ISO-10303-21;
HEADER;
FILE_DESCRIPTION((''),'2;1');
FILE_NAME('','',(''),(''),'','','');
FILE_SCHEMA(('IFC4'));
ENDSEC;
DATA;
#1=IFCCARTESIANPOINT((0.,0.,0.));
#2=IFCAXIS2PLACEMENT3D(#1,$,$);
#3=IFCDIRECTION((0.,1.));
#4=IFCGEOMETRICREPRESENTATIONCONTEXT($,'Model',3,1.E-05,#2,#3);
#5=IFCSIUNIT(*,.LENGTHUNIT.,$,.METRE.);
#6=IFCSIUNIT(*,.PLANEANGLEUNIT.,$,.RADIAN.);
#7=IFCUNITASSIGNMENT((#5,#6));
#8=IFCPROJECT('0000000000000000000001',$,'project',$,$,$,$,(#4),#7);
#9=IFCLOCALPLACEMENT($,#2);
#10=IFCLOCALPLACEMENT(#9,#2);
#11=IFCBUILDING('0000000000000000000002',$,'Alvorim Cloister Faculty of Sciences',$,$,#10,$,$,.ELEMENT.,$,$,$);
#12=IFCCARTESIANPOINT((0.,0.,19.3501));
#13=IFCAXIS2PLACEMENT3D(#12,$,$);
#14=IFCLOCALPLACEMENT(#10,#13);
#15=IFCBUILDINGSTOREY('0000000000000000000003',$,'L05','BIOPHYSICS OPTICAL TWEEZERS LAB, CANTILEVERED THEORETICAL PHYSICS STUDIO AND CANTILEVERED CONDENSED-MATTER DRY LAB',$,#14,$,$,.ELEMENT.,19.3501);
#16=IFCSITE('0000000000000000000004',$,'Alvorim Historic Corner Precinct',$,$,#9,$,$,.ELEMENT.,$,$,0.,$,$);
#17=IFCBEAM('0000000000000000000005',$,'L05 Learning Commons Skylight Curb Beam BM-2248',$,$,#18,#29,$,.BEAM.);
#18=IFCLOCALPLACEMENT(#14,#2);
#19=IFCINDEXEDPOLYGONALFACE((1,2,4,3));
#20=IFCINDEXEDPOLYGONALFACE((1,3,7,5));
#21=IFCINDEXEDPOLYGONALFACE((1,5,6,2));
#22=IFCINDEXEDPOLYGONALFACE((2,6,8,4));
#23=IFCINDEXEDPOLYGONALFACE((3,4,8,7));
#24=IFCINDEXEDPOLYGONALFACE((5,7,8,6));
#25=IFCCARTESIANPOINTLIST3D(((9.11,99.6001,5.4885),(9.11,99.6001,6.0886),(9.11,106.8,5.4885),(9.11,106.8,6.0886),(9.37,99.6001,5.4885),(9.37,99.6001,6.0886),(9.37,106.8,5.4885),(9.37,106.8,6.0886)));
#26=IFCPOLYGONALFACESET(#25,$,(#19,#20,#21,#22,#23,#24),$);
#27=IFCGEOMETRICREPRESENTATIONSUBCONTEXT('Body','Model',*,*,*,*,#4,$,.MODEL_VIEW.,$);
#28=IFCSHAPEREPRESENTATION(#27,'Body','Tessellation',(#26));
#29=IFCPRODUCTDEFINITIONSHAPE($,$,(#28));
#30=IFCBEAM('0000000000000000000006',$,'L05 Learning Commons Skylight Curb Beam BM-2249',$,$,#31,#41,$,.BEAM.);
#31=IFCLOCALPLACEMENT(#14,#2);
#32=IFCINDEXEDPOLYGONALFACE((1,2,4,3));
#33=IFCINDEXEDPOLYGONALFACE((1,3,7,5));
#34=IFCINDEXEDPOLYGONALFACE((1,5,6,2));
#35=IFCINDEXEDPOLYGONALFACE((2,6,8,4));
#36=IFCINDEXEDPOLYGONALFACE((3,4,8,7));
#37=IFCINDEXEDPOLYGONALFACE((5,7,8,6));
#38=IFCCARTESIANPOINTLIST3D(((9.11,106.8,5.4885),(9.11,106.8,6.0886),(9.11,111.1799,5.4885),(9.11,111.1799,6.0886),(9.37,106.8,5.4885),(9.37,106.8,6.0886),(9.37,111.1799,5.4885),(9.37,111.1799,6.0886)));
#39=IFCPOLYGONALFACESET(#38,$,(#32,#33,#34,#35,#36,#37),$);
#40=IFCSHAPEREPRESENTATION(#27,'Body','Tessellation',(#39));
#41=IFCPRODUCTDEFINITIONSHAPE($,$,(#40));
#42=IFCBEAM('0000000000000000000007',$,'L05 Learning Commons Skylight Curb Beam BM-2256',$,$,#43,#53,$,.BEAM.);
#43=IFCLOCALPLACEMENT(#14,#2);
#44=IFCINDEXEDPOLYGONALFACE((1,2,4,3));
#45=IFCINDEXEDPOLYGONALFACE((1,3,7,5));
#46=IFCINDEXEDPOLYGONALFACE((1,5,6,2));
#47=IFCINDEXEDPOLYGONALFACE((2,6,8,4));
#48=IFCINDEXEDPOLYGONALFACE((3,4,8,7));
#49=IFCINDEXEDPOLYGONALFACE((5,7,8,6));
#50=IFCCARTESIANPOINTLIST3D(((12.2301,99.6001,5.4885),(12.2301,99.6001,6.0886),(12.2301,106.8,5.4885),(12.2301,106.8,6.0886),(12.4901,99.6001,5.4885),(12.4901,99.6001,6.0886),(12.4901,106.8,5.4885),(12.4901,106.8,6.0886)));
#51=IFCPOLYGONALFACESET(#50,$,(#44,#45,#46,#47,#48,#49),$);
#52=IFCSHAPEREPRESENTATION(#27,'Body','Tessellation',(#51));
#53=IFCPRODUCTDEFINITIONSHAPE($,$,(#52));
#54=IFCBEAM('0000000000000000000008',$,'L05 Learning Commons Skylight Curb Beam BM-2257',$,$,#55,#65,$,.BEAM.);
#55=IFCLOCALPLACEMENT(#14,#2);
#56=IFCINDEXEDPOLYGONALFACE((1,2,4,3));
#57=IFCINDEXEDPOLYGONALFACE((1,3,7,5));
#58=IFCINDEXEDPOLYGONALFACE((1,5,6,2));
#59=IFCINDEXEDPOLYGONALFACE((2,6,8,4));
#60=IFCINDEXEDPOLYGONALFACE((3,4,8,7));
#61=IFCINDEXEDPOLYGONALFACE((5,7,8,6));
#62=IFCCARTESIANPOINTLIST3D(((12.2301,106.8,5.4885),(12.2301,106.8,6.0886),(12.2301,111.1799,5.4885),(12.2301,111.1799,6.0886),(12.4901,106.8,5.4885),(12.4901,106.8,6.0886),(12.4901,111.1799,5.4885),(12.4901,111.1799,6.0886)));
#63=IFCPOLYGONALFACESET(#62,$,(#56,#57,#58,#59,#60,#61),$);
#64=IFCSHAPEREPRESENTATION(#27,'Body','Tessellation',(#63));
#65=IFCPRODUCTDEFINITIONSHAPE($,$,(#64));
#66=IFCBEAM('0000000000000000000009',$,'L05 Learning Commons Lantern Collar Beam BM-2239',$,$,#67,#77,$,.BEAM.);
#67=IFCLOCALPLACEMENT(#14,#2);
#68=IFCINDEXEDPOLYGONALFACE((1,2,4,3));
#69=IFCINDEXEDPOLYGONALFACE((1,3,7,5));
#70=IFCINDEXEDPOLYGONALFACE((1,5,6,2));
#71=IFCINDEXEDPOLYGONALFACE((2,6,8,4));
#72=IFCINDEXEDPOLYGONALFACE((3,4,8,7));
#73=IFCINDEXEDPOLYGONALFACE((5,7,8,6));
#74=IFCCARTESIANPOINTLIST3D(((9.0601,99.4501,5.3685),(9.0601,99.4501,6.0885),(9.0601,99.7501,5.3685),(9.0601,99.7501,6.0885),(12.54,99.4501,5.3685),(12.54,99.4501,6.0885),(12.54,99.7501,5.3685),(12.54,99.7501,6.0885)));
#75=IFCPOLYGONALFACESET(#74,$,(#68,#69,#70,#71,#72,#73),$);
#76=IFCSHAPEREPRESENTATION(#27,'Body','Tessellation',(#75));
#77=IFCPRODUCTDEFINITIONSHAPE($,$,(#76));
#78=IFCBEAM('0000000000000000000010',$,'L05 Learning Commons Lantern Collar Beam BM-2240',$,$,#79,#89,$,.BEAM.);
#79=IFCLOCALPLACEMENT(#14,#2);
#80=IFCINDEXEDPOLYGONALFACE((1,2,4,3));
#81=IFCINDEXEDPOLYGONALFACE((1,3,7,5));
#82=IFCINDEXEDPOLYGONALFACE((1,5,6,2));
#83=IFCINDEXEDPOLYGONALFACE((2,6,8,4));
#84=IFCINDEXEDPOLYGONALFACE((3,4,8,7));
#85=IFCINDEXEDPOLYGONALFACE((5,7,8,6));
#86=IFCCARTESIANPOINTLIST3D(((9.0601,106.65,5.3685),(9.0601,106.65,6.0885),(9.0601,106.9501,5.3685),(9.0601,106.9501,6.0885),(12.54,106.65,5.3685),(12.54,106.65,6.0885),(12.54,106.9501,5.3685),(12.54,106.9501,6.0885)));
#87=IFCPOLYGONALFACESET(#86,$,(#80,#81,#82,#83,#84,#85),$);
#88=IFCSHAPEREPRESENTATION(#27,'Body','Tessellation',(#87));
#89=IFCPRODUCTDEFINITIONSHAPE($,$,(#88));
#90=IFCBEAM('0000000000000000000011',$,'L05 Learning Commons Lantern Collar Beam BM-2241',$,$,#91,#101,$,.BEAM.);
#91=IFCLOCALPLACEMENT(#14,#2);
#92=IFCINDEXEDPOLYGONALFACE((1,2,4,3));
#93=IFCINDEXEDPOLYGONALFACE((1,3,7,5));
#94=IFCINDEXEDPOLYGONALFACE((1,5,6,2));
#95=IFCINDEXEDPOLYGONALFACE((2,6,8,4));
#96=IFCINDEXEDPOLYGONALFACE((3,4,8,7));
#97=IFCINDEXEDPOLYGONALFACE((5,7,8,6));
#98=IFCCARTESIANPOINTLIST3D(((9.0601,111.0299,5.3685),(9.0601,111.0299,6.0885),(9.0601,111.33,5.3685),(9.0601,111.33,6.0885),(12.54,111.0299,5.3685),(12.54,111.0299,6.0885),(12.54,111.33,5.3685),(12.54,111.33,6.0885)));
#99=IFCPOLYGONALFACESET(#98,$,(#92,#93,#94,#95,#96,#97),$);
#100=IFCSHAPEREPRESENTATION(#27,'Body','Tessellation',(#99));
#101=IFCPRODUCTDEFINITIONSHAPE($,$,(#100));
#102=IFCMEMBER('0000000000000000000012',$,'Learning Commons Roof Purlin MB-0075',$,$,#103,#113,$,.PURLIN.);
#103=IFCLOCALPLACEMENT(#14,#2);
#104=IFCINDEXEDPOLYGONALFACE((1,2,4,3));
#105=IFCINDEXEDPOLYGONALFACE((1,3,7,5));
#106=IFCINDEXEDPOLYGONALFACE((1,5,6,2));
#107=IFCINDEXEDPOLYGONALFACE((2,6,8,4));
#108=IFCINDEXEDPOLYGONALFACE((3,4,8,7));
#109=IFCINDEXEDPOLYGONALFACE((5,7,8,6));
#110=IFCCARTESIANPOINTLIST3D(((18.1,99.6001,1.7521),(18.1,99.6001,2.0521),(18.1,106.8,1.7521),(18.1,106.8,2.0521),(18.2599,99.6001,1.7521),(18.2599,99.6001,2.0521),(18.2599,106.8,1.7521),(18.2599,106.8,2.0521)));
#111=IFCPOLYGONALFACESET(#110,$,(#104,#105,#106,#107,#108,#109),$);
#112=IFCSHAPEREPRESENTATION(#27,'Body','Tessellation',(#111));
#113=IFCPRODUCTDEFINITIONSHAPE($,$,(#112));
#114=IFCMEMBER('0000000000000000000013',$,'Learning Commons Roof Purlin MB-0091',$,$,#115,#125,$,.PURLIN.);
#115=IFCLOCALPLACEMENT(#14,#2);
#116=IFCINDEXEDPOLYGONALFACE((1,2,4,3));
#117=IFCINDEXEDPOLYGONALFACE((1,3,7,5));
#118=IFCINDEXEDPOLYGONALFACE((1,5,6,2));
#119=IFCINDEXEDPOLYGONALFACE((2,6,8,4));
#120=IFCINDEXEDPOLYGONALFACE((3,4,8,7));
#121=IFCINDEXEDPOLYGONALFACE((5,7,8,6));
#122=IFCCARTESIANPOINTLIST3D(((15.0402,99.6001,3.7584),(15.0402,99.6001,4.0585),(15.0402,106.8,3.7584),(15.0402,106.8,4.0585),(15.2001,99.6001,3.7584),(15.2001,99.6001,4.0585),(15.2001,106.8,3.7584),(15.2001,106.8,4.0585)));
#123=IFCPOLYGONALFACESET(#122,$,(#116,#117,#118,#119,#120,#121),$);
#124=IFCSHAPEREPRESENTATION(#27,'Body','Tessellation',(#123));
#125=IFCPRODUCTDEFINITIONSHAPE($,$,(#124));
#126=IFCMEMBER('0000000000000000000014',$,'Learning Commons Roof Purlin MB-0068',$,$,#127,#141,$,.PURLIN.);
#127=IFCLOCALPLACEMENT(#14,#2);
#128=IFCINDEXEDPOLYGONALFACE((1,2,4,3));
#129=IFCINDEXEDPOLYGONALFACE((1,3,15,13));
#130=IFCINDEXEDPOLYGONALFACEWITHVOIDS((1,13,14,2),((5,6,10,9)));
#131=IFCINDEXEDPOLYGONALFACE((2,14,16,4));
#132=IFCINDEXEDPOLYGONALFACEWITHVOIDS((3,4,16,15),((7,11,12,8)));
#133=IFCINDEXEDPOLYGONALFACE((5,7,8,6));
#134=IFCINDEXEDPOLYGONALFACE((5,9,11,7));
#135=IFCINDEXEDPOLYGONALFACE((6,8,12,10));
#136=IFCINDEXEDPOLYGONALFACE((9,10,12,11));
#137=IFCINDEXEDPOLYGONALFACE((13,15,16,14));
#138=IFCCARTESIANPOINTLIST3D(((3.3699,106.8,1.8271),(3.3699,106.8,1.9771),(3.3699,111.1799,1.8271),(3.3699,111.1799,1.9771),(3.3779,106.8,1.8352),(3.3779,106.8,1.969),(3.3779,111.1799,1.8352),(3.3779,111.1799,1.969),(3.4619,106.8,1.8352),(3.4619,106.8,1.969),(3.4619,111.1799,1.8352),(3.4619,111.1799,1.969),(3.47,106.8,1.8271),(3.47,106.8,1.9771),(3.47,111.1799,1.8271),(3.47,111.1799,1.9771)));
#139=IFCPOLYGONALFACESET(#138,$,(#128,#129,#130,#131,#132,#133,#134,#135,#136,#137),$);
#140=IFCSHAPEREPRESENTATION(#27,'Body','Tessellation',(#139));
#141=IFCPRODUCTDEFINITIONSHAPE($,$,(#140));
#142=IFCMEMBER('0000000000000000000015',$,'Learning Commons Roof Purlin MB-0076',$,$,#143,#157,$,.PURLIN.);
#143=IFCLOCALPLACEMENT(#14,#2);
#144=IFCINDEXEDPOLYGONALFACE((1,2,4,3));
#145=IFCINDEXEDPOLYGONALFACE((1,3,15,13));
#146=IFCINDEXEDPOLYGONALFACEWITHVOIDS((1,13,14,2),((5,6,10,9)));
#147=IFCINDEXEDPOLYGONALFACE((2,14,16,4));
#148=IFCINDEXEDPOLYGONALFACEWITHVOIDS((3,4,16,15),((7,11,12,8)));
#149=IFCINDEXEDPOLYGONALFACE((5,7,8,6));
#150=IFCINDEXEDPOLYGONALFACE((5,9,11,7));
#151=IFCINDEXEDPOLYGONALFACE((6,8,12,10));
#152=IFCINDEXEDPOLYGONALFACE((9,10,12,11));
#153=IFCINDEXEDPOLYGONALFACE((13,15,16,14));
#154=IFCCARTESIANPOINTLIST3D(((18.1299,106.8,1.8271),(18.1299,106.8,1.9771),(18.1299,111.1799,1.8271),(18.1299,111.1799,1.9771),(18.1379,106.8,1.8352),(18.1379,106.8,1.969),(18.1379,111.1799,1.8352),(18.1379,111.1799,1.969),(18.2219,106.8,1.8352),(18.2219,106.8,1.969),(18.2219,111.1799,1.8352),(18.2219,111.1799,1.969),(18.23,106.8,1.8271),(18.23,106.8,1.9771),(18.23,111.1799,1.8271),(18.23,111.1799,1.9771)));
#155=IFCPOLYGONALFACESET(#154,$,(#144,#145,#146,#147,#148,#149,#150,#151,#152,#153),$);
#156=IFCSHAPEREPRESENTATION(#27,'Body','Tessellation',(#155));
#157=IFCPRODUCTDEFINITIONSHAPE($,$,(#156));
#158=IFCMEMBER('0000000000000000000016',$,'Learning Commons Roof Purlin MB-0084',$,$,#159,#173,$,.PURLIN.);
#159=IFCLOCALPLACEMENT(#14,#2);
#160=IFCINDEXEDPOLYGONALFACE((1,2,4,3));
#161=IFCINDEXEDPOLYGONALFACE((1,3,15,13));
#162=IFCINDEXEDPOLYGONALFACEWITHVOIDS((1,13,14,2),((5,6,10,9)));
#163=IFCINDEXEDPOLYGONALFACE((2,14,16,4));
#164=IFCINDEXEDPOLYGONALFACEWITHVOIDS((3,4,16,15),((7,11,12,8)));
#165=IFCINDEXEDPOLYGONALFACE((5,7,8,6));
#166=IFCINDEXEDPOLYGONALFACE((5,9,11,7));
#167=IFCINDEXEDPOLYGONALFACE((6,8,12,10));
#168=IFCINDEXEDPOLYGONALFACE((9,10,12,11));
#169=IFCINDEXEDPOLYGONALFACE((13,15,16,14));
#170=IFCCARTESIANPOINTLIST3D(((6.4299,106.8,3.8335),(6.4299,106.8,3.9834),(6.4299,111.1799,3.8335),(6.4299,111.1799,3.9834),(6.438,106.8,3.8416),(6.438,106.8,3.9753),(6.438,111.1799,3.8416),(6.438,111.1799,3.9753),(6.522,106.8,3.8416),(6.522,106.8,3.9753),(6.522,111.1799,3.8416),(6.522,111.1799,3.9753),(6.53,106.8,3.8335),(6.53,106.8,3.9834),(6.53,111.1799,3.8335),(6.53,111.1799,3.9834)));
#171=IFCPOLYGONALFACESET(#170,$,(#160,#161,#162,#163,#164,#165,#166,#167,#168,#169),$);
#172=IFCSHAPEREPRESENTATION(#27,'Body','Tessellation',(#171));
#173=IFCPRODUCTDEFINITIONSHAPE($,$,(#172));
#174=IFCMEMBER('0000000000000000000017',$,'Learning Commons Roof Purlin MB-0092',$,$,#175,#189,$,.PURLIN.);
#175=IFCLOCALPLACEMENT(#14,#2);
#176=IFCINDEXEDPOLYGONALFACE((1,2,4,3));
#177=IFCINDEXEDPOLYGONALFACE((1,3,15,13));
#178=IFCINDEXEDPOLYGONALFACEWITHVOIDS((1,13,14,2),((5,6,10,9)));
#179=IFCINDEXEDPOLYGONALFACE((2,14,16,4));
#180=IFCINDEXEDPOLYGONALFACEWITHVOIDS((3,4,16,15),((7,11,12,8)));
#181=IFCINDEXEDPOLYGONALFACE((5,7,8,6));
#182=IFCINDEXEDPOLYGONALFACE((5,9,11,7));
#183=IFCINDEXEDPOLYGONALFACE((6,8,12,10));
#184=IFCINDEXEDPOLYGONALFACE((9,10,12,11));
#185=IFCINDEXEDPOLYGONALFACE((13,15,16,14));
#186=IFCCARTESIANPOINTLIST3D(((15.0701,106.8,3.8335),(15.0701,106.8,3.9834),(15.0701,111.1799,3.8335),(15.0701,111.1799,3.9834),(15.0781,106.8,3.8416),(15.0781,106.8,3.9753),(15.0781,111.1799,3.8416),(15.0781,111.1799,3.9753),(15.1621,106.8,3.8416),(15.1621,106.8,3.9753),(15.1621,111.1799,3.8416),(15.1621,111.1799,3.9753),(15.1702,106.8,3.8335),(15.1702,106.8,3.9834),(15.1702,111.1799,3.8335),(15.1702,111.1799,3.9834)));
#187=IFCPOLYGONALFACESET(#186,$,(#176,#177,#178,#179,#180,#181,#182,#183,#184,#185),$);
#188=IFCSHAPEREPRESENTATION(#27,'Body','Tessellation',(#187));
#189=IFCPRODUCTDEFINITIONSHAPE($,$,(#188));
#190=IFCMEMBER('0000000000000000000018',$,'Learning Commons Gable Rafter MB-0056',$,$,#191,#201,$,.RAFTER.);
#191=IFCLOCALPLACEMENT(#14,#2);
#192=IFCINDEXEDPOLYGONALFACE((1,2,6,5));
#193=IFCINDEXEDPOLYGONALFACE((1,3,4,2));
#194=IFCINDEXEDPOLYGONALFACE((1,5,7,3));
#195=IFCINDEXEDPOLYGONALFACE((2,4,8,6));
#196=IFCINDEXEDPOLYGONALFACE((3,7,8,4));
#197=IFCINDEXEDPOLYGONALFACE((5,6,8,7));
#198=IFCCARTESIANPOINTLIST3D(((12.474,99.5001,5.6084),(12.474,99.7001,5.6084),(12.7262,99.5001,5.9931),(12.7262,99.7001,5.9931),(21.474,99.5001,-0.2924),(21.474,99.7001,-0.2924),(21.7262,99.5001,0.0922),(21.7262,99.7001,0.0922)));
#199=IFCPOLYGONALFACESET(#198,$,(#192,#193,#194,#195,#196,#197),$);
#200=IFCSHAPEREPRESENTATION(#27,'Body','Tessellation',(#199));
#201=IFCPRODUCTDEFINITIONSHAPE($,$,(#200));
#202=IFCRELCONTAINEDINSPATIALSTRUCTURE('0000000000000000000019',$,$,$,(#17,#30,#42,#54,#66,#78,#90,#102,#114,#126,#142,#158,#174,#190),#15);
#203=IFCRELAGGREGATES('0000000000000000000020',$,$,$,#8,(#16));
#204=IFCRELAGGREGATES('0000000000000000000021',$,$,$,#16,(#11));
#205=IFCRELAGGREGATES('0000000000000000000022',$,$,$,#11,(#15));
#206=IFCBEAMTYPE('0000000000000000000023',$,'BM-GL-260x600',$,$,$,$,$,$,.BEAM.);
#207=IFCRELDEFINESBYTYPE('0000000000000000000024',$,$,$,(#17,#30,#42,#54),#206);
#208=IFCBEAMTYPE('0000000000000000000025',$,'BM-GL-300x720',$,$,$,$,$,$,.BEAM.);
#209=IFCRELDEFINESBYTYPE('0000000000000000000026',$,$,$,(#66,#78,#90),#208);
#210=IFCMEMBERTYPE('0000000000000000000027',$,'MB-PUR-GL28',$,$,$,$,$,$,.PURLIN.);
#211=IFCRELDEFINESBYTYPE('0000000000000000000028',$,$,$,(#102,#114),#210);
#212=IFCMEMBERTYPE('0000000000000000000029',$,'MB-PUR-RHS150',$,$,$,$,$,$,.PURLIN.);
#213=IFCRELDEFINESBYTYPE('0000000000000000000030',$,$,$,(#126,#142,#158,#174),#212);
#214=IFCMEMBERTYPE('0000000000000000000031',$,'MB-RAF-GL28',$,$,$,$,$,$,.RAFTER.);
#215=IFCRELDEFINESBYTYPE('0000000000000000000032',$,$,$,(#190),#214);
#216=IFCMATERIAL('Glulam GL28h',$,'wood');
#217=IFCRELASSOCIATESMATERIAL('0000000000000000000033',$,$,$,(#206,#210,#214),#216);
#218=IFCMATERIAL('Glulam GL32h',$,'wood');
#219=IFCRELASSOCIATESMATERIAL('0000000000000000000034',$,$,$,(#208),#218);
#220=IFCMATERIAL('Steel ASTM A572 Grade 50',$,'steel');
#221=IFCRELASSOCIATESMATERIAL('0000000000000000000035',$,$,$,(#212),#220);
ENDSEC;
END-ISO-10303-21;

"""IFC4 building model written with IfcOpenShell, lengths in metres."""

from ifc_helpers import new_model, si_unit, direction, frame, origin, origin_2d, place, context, subcontext, project, spatial, rectangle, hollow_rectangle, extrude, material, material_profile, profile_set, type_object, element, save


model = new_model("IFC4")

# Units and contexts
model_context = context("Model", 3, precision=1e-05, world=origin(), true_north=direction((0.0, 1.0)))
body_context = subcontext(model_context, "Body", "Model", "MODEL_VIEW")
ifc_project = project(units=[si_unit("LENGTHUNIT", "METRE"), si_unit("PLANEANGLEUNIT", "RADIAN")], contexts=[model_context])

# Site, building, storey
site_placement = place(None, origin())
site = spatial("IfcSite", under=ifc_project, at=site_placement, Name="Alvorim Historic Corner Precinct", CompositionType="ELEMENT", RefElevation=0.0)
building_placement = place(site_placement, origin())
building = spatial("IfcBuilding", under=site, at=building_placement, Name="Alvorim Cloister Faculty of Sciences", CompositionType="ELEMENT")
storey_placement = place(building_placement, frame((0.0, 0.0, 19.3501)))
storey = spatial("IfcBuildingStorey", under=building, at=storey_placement, Name="L05", Description="BIOPHYSICS OPTICAL TWEEZERS LAB, CANTILEVERED THEORETICAL PHYSICS STUDIO AND CANTILEVERED CONDENSED-MATTER DRY LAB", CompositionType="ELEMENT", Elevation=19.3501)

# Beams
ifc_material_1 = material(Name="Glulam GL28h", Category="wood")
ifc_material_profile_1 = material_profile(ifc_material_1, rectangle(XDim=0.26, YDim=0.6001, at=origin_2d()), Name="GL28-BM-260x600")
ifc_profile_set_1 = profile_set([ifc_material_profile_1], Name="Glulam GL28h")
beam_type_1 = type_object("IfcBeamType", Name="BM-GL-260x600", PredefinedType="BEAM", material=ifc_profile_set_1)
beam_1_placement = place(storey_placement, frame((9.24, 99.6001, 5.7886), z_axis=(0.0, 1.0, 0.0), x_axis=(-1.0, 0.0, 0.0)))
element("IfcBeam", 1, at=beam_1_placement, inside=storey, type_object=beam_type_1, Name="L05 Learning Commons Skylight Curb Beam BM-2248", PredefinedType="BEAM", context=body_context, shape_type="SweptSolid", body=[
    extrude(rectangle(XDim=0.26, YDim=0.6001, at=origin_2d()), origin(), (0.0, 0.0, 1.0), 7.2),
])
beam_2_placement = place(storey_placement, frame((9.24, 106.8, 5.7886), z_axis=(0.0, 1.0, 0.0), x_axis=(-1.0, 0.0, 0.0)))
element("IfcBeam", 2, at=beam_2_placement, inside=storey, type_object=beam_type_1, Name="L05 Learning Commons Skylight Curb Beam BM-2249", PredefinedType="BEAM", context=body_context, shape_type="SweptSolid", body=[
    extrude(rectangle(XDim=0.26, YDim=0.6001, at=origin_2d()), origin(), (0.0, 0.0, 1.0), 4.3799),
])
beam_3_placement = place(storey_placement, frame((12.3601, 99.6001, 5.7886), z_axis=(0.0, 1.0, 0.0), x_axis=(-1.0, 0.0, 0.0)))
element("IfcBeam", 3, at=beam_3_placement, inside=storey, type_object=beam_type_1, Name="L05 Learning Commons Skylight Curb Beam BM-2256", PredefinedType="BEAM", context=body_context, shape_type="SweptSolid", body=[
    extrude(rectangle(XDim=0.26, YDim=0.6001, at=origin_2d()), origin(), (0.0, 0.0, 1.0), 7.2),
])
beam_4_placement = place(storey_placement, frame((12.3601, 106.8, 5.7886), z_axis=(0.0, 1.0, 0.0), x_axis=(-1.0, 0.0, 0.0)))
element("IfcBeam", 4, at=beam_4_placement, inside=storey, type_object=beam_type_1, Name="L05 Learning Commons Skylight Curb Beam BM-2257", PredefinedType="BEAM", context=body_context, shape_type="SweptSolid", body=[
    extrude(rectangle(XDim=0.26, YDim=0.6001, at=origin_2d()), origin(), (0.0, 0.0, 1.0), 4.3799),
])
ifc_material_2 = material(Name="Glulam GL32h", Category="wood")
ifc_material_profile_2 = material_profile(ifc_material_2, rectangle(XDim=0.3, YDim=0.72, at=origin_2d()), Name="GL32-BM-300x720")
ifc_profile_set_2 = profile_set([ifc_material_profile_2], Name="Glulam GL32h")
beam_type_2 = type_object("IfcBeamType", Name="BM-GL-300x720", PredefinedType="BEAM", material=ifc_profile_set_2)
for number, where, z_axis, x_axis, name in (
    (5, (9.0601, 99.6001, 5.7285), (1.0, 0.0, 0.0), (0.0, 1.0, 0.0), "L05 Learning Commons Lantern Collar Beam BM-2239"),
    (6, (9.0601, 106.8, 5.7285), (1.0, 0.0, 0.0), (0.0, 1.0, 0.0), "L05 Learning Commons Lantern Collar Beam BM-2240"),
    (7, (9.0601, 111.1799, 5.7285), (1.0, 0.0, 0.0), (0.0, 1.0, 0.0), "L05 Learning Commons Lantern Collar Beam BM-2241"),
):
    element("IfcBeam", number, at=place(storey_placement, frame(where, z_axis=z_axis, x_axis=x_axis)), inside=storey, type_object=beam_type_2, Name=name, PredefinedType="BEAM", context=body_context, shape_type="SweptSolid", body=[
        extrude(rectangle(XDim=0.3, YDim=0.72, at=origin_2d()), origin(), (0.0, 0.0, 1.0), 3.48),
    ])

# Members
ifc_material_profile_3 = material_profile(ifc_material_1, rectangle(XDim=0.1599, YDim=0.3, at=origin_2d()), Name="GL28-PUR-160x300")
ifc_profile_set_3 = profile_set([ifc_material_profile_3], Name="Glulam GL28h")
member_type_1 = type_object("IfcMemberType", Name="MB-PUR-GL28", PredefinedType="PURLIN", material=ifc_profile_set_3)
for number, where, z_axis, x_axis, name in (
    (8, (18.1799, 99.6001, 1.9021), (0.0, 1.0, 0.0), (-1.0, 0.0, 0.0), "Learning Commons Roof Purlin MB-0075"),
    (9, (15.1201, 99.6001, 3.9084), (0.0, 1.0, 0.0), (-1.0, 0.0, 0.0), "Learning Commons Roof Purlin MB-0091"),
):
    element("IfcMember", number, at=place(storey_placement, frame(where, z_axis=z_axis, x_axis=x_axis)), inside=storey, type_object=member_type_1, Name=name, PredefinedType="PURLIN", context=body_context, shape_type="SweptSolid", body=[
        extrude(rectangle(XDim=0.1599, YDim=0.3, at=origin_2d()), origin(), (0.0, 0.0, 1.0), 7.2),
    ])
ifc_material_3 = material(Name="Steel ASTM A572 Grade 50", Category="steel")
ifc_material_profile_4 = material_profile(ifc_material_3, hollow_rectangle(XDim=0.1001, YDim=0.1499, WallThickness=0.0081, at=origin_2d()), Name="RHS150x100x8")
ifc_profile_set_4 = profile_set([ifc_material_profile_4], Name="Steel ASTM A572 Grade 50")
member_type_2 = type_object("IfcMemberType", Name="MB-PUR-RHS150", PredefinedType="PURLIN", material=ifc_profile_set_4)
for number, where, z_axis, x_axis, name in (
    (10, (3.4199, 106.8, 1.9021), (0.0, 1.0, 0.0), (-1.0, 0.0, 0.0), "Learning Commons Roof Purlin MB-0068"),
    (11, (18.1799, 106.8, 1.9021), (0.0, 1.0, 0.0), (-1.0, 0.0, 0.0), "Learning Commons Roof Purlin MB-0076"),
    (12, (6.48, 106.8, 3.9084), (0.0, 1.0, 0.0), (-1.0, 0.0, 0.0), "Learning Commons Roof Purlin MB-0084"),
    (13, (15.1201, 106.8, 3.9084), (0.0, 1.0, 0.0), (-1.0, 0.0, 0.0), "Learning Commons Roof Purlin MB-0092"),
):
    element("IfcMember", number, at=place(storey_placement, frame(where, z_axis=z_axis, x_axis=x_axis)), inside=storey, type_object=member_type_2, Name=name, PredefinedType="PURLIN", context=body_context, shape_type="SweptSolid", body=[
        extrude(hollow_rectangle(XDim=0.1001, YDim=0.1499, WallThickness=0.0081, at=origin_2d()), origin(), (0.0, 0.0, 1.0), 4.3799),
    ])
ifc_material_profile_5 = material_profile(ifc_material_1, rectangle(XDim=0.2, YDim=0.46, at=origin_2d()), Name="GL28-RAF-200x460")
ifc_profile_set_5 = profile_set([ifc_material_profile_5], Name="Glulam GL28h")
member_type_3 = type_object("IfcMemberType", Name="MB-RAF-GL28", PredefinedType="RAFTER", material=ifc_profile_set_5)
member_placement = place(storey_placement, frame((21.6001, 99.6001, -0.1001), z_axis=(-0.836277, 0.0, 0.548308), x_axis=(0.0, -1.0, 0.0)))
element("IfcMember", 14, at=member_placement, inside=storey, type_object=member_type_3, Name="Learning Commons Gable Rafter MB-0056", PredefinedType="RAFTER", context=body_context, shape_type="SweptSolid", body=[
    extrude(rectangle(XDim=0.2, YDim=0.46, at=origin_2d()), origin(), (0.0, 0.0, 1.0), 10.762),
])

save(model, "model.ifc")
